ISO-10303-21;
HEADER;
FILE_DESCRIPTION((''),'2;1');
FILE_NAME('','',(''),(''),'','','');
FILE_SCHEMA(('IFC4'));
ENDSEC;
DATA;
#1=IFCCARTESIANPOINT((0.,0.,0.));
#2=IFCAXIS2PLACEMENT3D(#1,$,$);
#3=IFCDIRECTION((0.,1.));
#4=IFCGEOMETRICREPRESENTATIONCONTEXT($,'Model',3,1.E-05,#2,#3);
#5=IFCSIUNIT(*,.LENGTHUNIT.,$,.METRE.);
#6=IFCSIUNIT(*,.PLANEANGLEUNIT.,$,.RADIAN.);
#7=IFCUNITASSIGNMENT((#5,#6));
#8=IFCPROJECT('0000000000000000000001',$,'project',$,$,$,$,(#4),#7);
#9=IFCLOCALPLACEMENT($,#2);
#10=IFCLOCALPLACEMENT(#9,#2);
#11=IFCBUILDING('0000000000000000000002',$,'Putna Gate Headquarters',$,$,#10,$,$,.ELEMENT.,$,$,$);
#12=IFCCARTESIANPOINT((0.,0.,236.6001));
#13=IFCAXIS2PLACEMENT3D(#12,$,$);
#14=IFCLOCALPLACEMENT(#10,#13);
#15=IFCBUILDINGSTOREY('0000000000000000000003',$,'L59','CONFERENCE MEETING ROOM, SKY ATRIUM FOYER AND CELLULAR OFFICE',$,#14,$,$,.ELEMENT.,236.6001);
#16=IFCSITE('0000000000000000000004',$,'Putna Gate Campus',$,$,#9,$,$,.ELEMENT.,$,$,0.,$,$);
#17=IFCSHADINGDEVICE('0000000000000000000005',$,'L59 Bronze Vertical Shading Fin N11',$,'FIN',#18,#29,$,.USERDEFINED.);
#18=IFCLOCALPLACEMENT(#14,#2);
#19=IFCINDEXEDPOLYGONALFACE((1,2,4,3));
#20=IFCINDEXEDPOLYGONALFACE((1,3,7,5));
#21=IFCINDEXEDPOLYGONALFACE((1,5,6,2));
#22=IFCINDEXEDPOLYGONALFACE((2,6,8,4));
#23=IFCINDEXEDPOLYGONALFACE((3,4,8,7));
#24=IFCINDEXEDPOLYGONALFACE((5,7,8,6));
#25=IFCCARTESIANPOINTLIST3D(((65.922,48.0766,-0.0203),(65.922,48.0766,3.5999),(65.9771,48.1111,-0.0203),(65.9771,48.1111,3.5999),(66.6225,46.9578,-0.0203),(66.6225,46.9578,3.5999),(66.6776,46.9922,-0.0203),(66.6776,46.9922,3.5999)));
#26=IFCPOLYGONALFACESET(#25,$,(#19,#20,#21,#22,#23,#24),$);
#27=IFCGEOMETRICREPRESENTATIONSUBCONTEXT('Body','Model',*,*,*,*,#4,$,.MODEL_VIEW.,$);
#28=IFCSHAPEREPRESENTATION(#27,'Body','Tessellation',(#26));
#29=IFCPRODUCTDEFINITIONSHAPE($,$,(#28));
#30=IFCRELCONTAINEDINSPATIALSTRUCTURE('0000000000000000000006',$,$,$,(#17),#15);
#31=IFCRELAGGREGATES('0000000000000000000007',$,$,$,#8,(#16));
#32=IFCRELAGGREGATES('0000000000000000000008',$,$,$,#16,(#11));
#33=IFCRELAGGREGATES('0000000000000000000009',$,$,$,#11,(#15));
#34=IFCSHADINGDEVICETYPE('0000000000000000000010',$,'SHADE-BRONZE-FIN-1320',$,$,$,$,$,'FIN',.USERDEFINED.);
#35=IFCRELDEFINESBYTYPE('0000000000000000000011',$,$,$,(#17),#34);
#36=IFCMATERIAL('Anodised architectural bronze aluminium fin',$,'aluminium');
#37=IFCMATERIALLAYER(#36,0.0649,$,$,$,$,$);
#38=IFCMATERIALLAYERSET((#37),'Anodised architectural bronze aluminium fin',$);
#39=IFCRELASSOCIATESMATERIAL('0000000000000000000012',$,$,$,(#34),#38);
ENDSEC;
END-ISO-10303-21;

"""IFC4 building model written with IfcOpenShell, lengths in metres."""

from ifc_helpers import new_model, si_unit, direction, frame, origin, origin_2d, place, context, subcontext, project, spatial, rectangle, extrude, material, layer, layer_set, type_object, element, save


model = new_model("IFC4")

# Units and contexts
model_context = context("Model", 3, precision=1e-05, world=origin(), true_north=direction((0.0, 1.0)))
body_context = subcontext(model_context, "Body", "Model", "MODEL_VIEW")
ifc_project = project(units=[si_unit("LENGTHUNIT", "METRE"), si_unit("PLANEANGLEUNIT", "RADIAN")], contexts=[model_context])

# Site, building, storey
site_placement = place(None, origin())
site = spatial("IfcSite", under=ifc_project, at=site_placement, Name="Putna Gate Campus", CompositionType="ELEMENT", RefElevation=0.0)
building_placement = place(site_placement, origin())
building = spatial("IfcBuilding", under=site, at=building_placement, Name="Putna Gate Headquarters", CompositionType="ELEMENT")
storey_placement = place(building_placement, frame((0.0, 0.0, 236.6001)))
storey = spatial("IfcBuildingStorey", under=building, at=storey_placement, Name="L59", Description="CONFERENCE MEETING ROOM, SKY ATRIUM FOYER AND CELLULAR OFFICE", CompositionType="ELEMENT", Elevation=236.6001)

# Shading device
ifc_material_1 = material(Name="Anodised architectural bronze aluminium fin", Category="aluminium")
ifc_layer_1 = layer(ifc_material_1, 0.0649)
ifc_layer_set_1 = layer_set([ifc_layer_1], Name="Anodised architectural bronze aluminium fin")
shading_device_type = type_object("IfcShadingDeviceType", Name="SHADE-BRONZE-FIN-1320", ElementType="FIN", PredefinedType="USERDEFINED", material=ifc_layer_set_1)
for number, where, z_axis, x_axis, name in (
    (1, (66.2998, 47.5344, -0.0203), (0.0, 0.0, 1.0), (-0.530659, 0.847585, 0.0), "L59 Bronze Vertical Shading Fin N11"),
):
    element("IfcShadingDevice", number, at=place(storey_placement, frame(where, z_axis=z_axis, x_axis=x_axis)), inside=storey, type_object=shading_device_type, Name=name, ObjectType="FIN", PredefinedType="USERDEFINED", context=body_context, shape_type="SweptSolid", body=[
        extrude(rectangle(XDim=1.3201, YDim=0.0649, at=origin_2d()), origin(), (0.0, 0.0, 1.0), 3.6201),
    ])

save(model, "model.ifc")
